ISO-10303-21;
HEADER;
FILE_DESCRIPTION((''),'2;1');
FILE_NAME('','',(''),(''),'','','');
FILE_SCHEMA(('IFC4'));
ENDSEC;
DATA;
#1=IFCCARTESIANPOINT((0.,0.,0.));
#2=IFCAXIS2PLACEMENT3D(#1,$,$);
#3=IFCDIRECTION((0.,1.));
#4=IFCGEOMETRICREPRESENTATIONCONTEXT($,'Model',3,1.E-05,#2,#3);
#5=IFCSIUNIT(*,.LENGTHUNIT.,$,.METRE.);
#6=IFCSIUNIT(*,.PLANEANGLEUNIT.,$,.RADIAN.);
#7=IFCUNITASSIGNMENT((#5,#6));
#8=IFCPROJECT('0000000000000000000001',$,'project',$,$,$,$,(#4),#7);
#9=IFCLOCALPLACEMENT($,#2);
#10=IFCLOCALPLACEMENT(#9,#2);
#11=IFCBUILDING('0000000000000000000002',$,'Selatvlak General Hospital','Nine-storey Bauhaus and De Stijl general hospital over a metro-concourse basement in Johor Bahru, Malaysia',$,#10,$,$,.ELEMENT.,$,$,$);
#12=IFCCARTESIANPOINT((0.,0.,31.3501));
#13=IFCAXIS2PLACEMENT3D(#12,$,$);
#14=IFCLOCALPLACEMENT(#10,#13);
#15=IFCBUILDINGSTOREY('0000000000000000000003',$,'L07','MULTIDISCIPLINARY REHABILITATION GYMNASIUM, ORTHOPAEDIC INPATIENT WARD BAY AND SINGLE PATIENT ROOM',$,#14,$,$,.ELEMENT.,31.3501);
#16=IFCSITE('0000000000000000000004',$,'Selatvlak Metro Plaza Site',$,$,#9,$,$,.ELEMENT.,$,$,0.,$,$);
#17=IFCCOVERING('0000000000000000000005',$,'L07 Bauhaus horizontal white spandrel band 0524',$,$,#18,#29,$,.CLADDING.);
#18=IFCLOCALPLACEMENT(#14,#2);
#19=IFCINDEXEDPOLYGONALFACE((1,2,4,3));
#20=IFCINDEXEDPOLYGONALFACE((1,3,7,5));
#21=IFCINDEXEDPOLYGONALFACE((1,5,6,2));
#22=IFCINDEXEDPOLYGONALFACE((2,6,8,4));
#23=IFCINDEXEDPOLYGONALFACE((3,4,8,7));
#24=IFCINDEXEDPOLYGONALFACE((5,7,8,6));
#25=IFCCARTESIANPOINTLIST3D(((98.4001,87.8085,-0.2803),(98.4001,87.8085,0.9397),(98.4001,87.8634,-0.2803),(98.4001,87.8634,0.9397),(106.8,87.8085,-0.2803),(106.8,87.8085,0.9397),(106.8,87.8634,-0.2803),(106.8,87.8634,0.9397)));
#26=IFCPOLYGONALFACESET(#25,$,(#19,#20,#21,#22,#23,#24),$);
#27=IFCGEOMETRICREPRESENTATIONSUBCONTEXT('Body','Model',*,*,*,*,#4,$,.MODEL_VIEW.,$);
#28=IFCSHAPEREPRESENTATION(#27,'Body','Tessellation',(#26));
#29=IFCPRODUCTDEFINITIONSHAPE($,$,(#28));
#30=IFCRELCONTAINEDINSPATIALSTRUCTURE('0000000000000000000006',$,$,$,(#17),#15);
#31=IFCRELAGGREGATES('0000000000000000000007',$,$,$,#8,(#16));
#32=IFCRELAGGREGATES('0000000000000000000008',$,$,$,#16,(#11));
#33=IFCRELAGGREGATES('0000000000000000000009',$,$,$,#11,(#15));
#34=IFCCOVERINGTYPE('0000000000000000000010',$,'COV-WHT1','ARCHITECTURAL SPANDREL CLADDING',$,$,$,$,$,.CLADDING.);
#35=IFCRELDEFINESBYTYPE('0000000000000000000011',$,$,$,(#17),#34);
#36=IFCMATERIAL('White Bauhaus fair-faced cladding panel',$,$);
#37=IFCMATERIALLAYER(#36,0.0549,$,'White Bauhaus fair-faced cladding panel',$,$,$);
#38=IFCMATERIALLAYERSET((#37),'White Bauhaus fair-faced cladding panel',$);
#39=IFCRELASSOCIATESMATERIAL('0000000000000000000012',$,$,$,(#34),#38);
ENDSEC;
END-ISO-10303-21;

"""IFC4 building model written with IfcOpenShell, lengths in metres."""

from ifc_helpers import new_model, si_unit, direction, frame, origin, origin_2d, place, context, subcontext, project, spatial, rectangle, extrude, material, layer, layer_set, type_object, element, save


model = new_model("IFC4")

# Units and contexts
model_context = context("Model", 3, precision=1e-05, world=origin(), true_north=direction((0.0, 1.0)))
body_context = subcontext(model_context, "Body", "Model", "MODEL_VIEW")
ifc_project = project(units=[si_unit("LENGTHUNIT", "METRE"), si_unit("PLANEANGLEUNIT", "RADIAN")], contexts=[model_context])

# Site, building, storey
site_placement = place(None, origin())
site = spatial("IfcSite", under=ifc_project, at=site_placement, Name="Selatvlak Metro Plaza Site", CompositionType="ELEMENT", RefElevation=0.0)
building_placement = place(site_placement, origin())
building = spatial("IfcBuilding", under=site, at=building_placement, Name="Selatvlak General Hospital", Description="Nine-storey Bauhaus and De Stijl general hospital over a metro-concourse basement in Johor Bahru, Malaysia", CompositionType="ELEMENT")
storey_placement = place(building_placement, frame((0.0, 0.0, 31.3501)))
storey = spatial("IfcBuildingStorey", under=building, at=storey_placement, Name="L07", Description="MULTIDISCIPLINARY REHABILITATION GYMNASIUM, ORTHOPAEDIC INPATIENT WARD BAY AND SINGLE PATIENT ROOM", CompositionType="ELEMENT", Elevation=31.3501)

# Covering
ifc_material_1 = material(Name="White Bauhaus fair-faced cladding panel")
ifc_layer_1 = layer(ifc_material_1, 0.0549, Name="White Bauhaus fair-faced cladding panel")
ifc_layer_set_1 = layer_set([ifc_layer_1], Name="White Bauhaus fair-faced cladding panel")
covering_type = type_object("IfcCoveringType", Name="COV-WHT1", Description="ARCHITECTURAL SPANDREL CLADDING", PredefinedType="CLADDING", material=ifc_layer_set_1)
for number, where, z_axis, x_axis, name in (
    (1, (102.6001, 87.8359, -0.2803), (0.0, 0.0, 1.0), (-1.0, 0.0, 0.0), "L07 Bauhaus horizontal white spandrel band 0524"),
):
    element("IfcCovering", number, at=place(storey_placement, frame(where, z_axis=z_axis, x_axis=x_axis)), inside=storey, type_object=covering_type, Name=name, PredefinedType="CLADDING", context=body_context, shape_type="SweptSolid", body=[
        extrude(rectangle(XDim=8.3999, YDim=0.0549, at=origin_2d()), origin(), (0.0, 0.0, 1.0), 1.22),
    ])

save(model, "model.ifc")
